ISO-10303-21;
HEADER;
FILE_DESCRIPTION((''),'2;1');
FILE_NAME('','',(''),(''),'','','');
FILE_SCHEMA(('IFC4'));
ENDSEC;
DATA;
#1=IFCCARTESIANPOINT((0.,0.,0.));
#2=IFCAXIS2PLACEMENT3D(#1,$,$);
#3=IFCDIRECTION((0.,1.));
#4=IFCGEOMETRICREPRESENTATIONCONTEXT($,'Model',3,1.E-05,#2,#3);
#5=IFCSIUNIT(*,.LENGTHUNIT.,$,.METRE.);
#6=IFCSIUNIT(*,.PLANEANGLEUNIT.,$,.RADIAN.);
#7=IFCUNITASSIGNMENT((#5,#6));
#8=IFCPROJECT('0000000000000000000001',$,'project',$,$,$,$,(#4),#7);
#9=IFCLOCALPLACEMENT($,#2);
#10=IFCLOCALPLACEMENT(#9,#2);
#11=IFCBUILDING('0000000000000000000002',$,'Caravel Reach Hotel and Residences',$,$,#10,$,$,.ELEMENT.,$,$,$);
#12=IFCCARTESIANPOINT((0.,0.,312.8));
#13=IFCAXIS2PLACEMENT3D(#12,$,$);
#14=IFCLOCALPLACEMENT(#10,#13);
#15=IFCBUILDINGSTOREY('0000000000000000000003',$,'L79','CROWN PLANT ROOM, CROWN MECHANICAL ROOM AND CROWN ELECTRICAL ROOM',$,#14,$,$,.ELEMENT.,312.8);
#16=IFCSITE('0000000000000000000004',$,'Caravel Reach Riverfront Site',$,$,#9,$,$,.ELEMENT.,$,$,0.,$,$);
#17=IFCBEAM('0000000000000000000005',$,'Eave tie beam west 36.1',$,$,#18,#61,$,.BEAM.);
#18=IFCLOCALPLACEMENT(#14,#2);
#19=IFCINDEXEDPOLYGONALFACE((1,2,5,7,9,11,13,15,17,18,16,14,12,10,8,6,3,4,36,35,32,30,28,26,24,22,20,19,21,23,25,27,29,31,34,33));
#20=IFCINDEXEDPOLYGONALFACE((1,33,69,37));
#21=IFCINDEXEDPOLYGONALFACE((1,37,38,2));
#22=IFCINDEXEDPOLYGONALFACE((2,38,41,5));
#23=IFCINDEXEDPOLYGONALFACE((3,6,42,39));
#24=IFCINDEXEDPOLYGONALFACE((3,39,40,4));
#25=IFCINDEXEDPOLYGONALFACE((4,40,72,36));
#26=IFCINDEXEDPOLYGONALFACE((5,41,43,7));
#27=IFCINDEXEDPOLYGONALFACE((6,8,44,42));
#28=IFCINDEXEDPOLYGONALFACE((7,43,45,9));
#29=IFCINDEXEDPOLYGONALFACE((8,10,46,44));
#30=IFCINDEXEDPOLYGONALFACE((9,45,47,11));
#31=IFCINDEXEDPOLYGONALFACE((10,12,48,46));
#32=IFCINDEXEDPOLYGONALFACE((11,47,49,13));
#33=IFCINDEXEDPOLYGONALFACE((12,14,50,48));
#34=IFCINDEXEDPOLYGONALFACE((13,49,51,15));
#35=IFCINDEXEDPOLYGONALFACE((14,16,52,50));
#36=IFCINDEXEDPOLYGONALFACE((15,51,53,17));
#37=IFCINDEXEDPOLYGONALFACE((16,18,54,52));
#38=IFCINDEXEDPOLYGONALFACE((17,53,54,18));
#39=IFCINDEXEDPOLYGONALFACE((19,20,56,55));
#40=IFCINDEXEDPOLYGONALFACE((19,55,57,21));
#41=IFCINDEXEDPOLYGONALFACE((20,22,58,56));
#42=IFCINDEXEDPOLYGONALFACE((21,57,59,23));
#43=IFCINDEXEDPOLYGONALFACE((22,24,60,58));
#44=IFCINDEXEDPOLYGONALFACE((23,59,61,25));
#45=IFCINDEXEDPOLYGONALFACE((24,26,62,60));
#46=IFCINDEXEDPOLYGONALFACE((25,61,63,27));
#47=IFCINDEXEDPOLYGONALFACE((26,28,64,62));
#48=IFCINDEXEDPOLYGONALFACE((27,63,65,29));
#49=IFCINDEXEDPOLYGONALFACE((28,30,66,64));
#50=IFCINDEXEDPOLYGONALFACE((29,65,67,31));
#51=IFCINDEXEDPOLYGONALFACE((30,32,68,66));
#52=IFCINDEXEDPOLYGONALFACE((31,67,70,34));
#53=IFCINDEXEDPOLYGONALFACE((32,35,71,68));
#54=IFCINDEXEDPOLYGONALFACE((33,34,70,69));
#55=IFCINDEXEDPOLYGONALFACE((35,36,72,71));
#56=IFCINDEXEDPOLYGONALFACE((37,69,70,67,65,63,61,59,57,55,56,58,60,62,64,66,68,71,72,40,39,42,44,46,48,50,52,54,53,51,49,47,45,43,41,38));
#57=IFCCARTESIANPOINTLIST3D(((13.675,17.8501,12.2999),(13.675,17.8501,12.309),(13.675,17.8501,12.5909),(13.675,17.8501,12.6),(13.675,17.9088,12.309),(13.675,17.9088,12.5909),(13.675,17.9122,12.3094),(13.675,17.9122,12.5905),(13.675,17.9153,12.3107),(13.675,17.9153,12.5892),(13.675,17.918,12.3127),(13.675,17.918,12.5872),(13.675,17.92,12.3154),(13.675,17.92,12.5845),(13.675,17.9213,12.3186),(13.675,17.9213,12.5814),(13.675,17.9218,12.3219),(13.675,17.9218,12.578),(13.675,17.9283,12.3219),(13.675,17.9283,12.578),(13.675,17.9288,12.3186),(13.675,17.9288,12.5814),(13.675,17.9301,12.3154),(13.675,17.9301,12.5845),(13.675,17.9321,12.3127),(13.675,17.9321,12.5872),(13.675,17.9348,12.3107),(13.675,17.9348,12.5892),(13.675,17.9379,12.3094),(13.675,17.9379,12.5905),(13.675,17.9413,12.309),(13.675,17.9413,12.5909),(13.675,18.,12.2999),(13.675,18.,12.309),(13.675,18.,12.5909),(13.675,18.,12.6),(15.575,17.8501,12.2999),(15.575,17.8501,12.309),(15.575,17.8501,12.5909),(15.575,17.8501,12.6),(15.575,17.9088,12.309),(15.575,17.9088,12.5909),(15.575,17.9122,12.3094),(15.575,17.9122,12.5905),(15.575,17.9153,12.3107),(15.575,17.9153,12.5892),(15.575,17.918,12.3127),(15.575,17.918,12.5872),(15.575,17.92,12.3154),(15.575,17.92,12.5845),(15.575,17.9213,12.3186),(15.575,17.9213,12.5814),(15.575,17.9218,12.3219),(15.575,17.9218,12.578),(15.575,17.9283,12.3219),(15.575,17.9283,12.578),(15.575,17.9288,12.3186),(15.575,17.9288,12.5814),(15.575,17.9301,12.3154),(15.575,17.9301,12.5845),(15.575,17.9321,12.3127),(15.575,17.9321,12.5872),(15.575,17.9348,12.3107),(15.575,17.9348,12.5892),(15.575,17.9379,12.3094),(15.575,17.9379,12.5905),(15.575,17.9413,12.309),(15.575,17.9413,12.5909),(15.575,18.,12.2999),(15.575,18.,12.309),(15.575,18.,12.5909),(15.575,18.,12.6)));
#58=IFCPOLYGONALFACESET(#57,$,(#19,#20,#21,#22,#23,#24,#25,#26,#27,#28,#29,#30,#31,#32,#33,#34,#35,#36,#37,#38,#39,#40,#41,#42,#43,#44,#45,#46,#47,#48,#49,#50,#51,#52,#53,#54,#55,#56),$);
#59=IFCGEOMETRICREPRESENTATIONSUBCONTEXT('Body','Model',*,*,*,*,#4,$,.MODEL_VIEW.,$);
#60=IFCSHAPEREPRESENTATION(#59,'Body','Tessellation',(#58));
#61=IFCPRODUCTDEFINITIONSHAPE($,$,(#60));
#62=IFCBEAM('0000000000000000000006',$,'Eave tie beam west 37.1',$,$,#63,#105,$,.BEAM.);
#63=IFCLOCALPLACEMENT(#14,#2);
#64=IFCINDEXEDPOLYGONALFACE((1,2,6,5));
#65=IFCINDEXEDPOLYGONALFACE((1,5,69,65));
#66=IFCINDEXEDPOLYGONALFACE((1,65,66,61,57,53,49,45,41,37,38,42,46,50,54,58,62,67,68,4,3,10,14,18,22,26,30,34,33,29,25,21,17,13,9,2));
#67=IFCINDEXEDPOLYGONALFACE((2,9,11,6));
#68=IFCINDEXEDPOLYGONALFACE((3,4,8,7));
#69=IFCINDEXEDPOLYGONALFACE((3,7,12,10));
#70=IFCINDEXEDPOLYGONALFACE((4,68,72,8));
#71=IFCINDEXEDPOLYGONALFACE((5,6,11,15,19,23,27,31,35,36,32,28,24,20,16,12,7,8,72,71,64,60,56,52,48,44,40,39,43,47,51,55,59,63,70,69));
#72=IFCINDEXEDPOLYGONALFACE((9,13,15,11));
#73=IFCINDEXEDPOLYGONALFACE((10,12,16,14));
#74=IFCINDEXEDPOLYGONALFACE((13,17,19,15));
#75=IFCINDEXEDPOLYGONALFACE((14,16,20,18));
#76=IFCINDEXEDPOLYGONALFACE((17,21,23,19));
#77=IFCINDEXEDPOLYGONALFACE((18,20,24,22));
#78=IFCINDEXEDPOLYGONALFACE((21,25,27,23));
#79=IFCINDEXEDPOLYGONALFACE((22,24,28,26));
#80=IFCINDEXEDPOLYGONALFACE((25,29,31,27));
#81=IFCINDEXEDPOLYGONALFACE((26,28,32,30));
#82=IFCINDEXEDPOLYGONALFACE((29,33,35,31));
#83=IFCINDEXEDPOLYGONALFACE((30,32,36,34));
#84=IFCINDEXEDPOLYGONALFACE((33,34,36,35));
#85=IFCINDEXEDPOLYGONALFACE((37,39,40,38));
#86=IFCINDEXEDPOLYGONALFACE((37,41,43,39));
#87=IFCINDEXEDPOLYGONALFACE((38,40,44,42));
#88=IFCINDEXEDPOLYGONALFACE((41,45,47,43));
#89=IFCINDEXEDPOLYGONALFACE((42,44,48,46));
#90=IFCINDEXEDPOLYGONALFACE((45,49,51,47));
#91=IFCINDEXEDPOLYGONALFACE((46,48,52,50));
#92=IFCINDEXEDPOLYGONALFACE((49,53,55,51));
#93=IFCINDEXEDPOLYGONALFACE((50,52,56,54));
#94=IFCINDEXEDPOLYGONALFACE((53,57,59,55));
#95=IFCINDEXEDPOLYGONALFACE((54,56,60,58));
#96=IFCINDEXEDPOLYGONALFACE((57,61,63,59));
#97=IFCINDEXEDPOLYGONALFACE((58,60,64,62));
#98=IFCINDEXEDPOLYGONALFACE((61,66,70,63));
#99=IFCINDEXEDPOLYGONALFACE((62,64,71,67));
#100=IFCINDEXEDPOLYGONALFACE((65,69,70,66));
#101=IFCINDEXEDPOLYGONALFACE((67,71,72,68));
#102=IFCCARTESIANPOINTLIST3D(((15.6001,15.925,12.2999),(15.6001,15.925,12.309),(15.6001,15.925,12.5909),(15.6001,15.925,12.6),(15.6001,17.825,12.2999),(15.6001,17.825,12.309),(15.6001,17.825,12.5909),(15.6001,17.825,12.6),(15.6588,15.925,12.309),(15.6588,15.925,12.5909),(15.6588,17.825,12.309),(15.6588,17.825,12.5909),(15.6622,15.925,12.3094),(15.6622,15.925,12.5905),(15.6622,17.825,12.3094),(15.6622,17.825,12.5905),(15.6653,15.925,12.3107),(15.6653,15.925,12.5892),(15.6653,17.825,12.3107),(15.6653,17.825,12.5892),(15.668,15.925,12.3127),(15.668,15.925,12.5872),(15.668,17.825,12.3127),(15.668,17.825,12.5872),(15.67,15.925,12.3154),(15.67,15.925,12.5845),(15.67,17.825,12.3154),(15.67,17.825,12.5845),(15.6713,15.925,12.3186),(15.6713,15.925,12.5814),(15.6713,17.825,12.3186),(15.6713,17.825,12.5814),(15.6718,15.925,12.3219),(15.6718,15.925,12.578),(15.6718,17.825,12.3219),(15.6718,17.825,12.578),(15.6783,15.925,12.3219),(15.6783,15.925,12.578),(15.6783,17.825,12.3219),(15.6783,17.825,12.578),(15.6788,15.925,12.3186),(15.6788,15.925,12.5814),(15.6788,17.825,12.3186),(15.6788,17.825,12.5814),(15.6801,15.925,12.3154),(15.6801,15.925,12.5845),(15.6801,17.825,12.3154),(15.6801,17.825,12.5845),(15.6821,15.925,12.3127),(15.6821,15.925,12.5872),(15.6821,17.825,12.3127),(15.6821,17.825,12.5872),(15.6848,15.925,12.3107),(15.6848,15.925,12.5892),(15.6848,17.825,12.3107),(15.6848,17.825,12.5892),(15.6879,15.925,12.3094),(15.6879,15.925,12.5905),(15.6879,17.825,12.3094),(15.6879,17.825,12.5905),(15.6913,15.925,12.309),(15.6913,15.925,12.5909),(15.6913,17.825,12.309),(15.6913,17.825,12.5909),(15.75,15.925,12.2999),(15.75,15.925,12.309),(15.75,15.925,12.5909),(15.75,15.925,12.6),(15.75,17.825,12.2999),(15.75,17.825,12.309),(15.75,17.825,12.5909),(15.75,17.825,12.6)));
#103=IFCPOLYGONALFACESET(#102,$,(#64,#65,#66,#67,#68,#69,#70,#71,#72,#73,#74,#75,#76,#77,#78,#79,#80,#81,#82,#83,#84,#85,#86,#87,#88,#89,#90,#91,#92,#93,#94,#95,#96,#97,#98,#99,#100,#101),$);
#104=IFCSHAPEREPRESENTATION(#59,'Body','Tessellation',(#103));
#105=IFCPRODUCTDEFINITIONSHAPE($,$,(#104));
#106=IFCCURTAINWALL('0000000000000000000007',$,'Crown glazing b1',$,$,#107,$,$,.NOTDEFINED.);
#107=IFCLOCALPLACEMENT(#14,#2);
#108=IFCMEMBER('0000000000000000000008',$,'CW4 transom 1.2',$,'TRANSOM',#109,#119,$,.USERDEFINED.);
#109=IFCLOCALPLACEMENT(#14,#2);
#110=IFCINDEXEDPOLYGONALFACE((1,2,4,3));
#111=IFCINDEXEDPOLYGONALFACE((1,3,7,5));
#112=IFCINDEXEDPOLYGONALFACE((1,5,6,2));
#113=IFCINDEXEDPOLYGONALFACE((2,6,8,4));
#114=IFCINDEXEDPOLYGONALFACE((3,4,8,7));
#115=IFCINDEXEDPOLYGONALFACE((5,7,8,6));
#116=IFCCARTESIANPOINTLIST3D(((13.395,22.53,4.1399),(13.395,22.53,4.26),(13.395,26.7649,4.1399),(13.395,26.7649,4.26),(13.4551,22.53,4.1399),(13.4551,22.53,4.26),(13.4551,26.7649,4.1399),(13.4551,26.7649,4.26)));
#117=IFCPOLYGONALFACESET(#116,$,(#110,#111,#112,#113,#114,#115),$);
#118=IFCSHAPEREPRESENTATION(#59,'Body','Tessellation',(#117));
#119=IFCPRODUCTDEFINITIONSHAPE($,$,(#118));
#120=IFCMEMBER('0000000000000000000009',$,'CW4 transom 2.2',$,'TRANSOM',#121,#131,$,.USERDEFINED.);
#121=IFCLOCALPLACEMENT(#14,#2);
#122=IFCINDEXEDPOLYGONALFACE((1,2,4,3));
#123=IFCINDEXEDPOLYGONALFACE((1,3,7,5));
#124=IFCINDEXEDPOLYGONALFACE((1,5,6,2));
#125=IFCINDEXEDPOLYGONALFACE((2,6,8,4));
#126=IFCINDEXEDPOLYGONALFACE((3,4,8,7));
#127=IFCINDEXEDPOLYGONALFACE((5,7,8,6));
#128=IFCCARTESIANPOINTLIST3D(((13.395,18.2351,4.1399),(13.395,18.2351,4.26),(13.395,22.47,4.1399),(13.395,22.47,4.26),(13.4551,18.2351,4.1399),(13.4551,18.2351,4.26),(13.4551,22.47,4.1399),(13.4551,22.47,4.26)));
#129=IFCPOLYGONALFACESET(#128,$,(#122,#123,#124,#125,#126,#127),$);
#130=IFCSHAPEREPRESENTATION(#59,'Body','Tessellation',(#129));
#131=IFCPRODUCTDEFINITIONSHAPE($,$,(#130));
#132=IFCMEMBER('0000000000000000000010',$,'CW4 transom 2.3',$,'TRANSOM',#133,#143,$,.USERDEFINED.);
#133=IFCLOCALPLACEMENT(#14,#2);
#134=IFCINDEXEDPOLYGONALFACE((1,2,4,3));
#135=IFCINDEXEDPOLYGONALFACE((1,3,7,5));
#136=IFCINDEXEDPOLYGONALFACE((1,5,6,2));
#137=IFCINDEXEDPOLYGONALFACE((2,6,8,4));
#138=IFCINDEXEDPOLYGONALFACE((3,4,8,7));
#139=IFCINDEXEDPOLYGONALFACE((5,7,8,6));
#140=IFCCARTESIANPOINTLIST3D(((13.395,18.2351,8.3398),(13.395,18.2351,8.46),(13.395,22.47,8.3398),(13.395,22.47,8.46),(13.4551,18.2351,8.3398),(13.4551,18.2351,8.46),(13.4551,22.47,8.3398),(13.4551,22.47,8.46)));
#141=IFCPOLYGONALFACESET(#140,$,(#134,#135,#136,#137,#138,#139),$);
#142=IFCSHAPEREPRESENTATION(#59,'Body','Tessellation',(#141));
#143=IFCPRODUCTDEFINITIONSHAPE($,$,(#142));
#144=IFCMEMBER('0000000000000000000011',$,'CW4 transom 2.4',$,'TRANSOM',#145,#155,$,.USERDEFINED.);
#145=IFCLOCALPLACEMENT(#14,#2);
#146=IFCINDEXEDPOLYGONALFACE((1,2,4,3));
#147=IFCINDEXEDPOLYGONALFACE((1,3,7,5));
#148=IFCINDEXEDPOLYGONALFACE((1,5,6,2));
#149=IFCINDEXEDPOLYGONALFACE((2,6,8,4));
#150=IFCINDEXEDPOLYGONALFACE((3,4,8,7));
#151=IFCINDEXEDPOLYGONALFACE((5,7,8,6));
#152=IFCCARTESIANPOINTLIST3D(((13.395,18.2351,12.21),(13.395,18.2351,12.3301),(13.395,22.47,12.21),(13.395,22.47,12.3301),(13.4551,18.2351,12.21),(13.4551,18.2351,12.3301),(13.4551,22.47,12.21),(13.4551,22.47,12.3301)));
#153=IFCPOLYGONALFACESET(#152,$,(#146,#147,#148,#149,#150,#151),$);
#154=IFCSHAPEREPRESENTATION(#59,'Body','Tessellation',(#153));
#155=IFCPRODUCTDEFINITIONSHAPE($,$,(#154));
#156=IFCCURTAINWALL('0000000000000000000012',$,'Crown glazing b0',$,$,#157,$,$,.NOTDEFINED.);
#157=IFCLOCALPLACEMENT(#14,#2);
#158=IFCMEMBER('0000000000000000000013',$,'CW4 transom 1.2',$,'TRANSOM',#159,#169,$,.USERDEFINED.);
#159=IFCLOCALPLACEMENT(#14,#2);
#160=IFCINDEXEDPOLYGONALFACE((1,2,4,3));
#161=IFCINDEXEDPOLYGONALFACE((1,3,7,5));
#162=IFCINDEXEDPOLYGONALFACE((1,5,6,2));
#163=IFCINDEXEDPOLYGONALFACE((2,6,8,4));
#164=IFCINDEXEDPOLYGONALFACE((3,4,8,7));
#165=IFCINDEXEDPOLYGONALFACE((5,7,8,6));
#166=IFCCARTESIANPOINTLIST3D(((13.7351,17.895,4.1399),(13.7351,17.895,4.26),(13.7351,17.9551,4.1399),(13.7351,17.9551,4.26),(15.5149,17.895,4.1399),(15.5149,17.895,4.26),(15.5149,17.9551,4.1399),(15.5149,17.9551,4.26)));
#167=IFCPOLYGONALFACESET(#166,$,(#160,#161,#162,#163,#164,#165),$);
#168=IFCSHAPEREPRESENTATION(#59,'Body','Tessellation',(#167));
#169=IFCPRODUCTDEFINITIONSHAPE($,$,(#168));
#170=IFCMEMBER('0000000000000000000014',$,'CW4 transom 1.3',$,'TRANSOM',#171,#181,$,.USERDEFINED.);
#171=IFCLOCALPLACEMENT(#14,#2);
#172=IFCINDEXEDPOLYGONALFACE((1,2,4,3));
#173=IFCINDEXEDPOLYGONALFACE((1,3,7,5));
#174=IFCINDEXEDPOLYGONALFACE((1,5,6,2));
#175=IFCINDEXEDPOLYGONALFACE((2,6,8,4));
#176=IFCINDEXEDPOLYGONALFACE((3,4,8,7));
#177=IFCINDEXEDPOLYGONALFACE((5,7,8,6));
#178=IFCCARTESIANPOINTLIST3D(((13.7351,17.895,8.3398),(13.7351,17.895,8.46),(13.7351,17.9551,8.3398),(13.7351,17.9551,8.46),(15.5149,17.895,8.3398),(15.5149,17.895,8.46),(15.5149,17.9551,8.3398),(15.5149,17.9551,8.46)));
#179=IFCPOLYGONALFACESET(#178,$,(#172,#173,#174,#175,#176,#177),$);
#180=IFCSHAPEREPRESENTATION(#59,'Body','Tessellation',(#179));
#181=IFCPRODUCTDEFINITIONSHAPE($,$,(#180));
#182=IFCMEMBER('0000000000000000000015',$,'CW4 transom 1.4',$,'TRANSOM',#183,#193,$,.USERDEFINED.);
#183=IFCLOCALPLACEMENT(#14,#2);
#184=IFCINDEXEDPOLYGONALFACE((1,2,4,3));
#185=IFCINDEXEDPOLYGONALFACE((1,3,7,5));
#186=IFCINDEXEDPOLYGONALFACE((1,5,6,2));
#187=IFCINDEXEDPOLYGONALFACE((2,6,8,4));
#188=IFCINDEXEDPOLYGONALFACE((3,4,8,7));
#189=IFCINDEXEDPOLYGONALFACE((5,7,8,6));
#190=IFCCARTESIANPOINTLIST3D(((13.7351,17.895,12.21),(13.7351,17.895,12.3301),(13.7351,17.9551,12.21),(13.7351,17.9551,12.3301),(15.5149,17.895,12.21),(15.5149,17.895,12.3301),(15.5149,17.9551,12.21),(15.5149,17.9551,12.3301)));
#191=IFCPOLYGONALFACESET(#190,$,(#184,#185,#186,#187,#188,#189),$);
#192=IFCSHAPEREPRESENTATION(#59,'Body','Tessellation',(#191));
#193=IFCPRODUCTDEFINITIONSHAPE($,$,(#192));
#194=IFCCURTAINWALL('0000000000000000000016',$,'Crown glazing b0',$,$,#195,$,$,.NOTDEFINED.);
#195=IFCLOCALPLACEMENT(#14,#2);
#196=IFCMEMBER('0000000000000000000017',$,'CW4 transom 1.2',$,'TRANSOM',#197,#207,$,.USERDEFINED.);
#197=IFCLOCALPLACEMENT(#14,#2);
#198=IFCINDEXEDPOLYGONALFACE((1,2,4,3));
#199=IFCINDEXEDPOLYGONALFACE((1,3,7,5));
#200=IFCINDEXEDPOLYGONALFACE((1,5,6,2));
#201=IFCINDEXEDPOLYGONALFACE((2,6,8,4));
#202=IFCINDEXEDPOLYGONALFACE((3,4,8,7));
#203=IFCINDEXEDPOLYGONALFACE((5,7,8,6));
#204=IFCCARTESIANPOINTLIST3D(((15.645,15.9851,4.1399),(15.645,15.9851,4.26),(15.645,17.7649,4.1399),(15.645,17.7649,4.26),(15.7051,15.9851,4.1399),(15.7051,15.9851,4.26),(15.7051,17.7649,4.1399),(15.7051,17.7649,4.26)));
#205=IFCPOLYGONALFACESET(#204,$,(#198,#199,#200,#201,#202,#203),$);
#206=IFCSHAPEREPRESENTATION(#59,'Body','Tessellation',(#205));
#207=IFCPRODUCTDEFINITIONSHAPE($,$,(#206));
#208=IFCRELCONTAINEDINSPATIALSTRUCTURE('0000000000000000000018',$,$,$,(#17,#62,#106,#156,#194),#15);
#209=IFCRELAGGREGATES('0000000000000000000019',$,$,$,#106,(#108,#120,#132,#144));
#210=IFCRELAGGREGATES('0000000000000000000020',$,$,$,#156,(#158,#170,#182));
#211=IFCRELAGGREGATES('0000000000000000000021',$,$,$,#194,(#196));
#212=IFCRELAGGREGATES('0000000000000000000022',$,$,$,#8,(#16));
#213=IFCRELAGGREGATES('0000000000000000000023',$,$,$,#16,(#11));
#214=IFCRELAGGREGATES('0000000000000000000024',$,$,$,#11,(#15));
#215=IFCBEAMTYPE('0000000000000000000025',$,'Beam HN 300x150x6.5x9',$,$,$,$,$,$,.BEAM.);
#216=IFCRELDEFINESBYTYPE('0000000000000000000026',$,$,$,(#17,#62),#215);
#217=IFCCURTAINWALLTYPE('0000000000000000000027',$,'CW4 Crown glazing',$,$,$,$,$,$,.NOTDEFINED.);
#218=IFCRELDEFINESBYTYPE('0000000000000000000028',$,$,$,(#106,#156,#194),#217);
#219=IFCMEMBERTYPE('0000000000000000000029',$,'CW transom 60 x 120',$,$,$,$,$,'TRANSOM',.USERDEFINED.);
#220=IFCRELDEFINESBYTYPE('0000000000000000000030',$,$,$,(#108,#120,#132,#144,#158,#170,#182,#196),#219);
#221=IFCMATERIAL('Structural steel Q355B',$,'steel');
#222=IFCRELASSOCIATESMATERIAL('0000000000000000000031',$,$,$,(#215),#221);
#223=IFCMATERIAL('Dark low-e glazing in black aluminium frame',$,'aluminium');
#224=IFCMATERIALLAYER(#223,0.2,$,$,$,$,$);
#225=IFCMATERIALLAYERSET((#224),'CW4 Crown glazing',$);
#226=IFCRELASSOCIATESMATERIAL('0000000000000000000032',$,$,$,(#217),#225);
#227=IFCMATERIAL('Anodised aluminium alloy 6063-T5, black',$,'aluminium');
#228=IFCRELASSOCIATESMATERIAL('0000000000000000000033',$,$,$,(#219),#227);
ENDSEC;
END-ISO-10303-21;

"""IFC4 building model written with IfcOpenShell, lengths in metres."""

from ifc_helpers import new_model, si_unit, direction, frame, origin, origin_2d, place, context, subcontext, project, spatial, rectangle, i_section, extrude, material, layer, layer_set, material_profile, profile_set, type_object, element, aggregate, save


model = new_model("IFC4")

# Units and contexts
model_context = context("Model", 3, precision=1e-05, world=origin(), true_north=direction((0.0, 1.0)))
body_context = subcontext(model_context, "Body", "Model", "MODEL_VIEW")
ifc_project = project(units=[si_unit("LENGTHUNIT", "METRE"), si_unit("PLANEANGLEUNIT", "RADIAN")], contexts=[model_context])

# Site, building, storey
site_placement = place(None, origin())
site = spatial("IfcSite", under=ifc_project, at=site_placement, Name="Caravel Reach Riverfront Site", CompositionType="ELEMENT", RefElevation=0.0)
building_placement = place(site_placement, origin())
building = spatial("IfcBuilding", under=site, at=building_placement, Name="Caravel Reach Hotel and Residences", CompositionType="ELEMENT")
storey_placement = place(building_placement, frame((0.0, 0.0, 312.8)))
storey = spatial("IfcBuildingStorey", under=building, at=storey_placement, Name="L79", Description="CROWN PLANT ROOM, CROWN MECHANICAL ROOM AND CROWN ELECTRICAL ROOM", CompositionType="ELEMENT", Elevation=312.8)

# Beams
ifc_material_1 = material(Name="Structural steel Q355B", Category="steel")
ifc_material_profile_1 = material_profile(ifc_material_1, i_section(OverallWidth=0.1499, OverallDepth=0.3, WebThickness=0.0066, FlangeThickness=0.009, FilletRadius=0.0129, at=origin_2d()), Name="HN 300x150x6.5x9")
ifc_profile_set_1 = profile_set([ifc_material_profile_1], Name="Structural steel Q355B")
beam_type = type_object("IfcBeamType", Name="Beam HN 300x150x6.5x9", PredefinedType="BEAM", material=ifc_profile_set_1)
for number, where, z_axis, x_axis, name in (
    (1, (13.675, 17.925, 12.45), (1.0, 0.0, 0.0), (0.0, 1.0, 0.0), "Eave tie beam west 36.1"),
    (2, (15.675, 17.825, 12.45), (0.0, -1.0, 0.0), (1.0, 0.0, 0.0), "Eave tie beam west 37.1"),
):
    element("IfcBeam", number, at=place(storey_placement, frame(where, z_axis=z_axis, x_axis=x_axis)), inside=storey, type_object=beam_type, Name=name, PredefinedType="BEAM", context=body_context, shape_type="SweptSolid", body=[
        extrude(i_section(OverallWidth=0.1499, OverallDepth=0.3, WebThickness=0.0066, FlangeThickness=0.009, FilletRadius=0.0129, at=origin_2d()), origin(), (0.0, 0.0, 1.0), 1.8999),
    ])

# Curtain walls, members
ifc_material_2 = material(Name="Dark low-e glazing in black aluminium frame", Category="aluminium")
ifc_layer_1 = layer(ifc_material_2, 0.2)
ifc_layer_set_1 = layer_set([ifc_layer_1], Name="CW4 Crown glazing")
curtain_wall_type = type_object("IfcCurtainWallType", Name="CW4 Crown glazing", PredefinedType="NOTDEFINED", material=ifc_layer_set_1)
curtain_wall_1_placement = place(storey_placement, origin())
curtain_wall_1 = element("IfcCurtainWall", 3, at=curtain_wall_1_placement, inside=storey, type_object=curtain_wall_type, Name="Crown glazing b1", PredefinedType="NOTDEFINED")
ifc_material_3 = material(Name="Anodised aluminium alloy 6063-T5, black", Category="aluminium")
ifc_material_profile_2 = material_profile(ifc_material_3, rectangle(XDim=0.0601, YDim=0.1201, at=origin_2d()), Name="CW transom 60 x 120")
ifc_profile_set_2 = profile_set([ifc_material_profile_2], Name="Anodised aluminium alloy 6063-T5, black")
member_type = type_object("IfcMemberType", Name="CW transom 60 x 120", ElementType="TRANSOM", PredefinedType="USERDEFINED", material=ifc_profile_set_2)
member_1_placement = place(storey_placement, frame((13.425, 26.7649, 4.2), z_axis=(0.0, -1.0, 0.0), x_axis=(1.0, 0.0, 0.0)))
member_1 = element("IfcMember", 4, at=member_1_placement, type_object=member_type, Name="CW4 transom 1.2", ObjectType="TRANSOM", PredefinedType="USERDEFINED", context=body_context, shape_type="SweptSolid", body=[
    extrude(rectangle(XDim=0.0601, YDim=0.1201, at=origin_2d()), origin(), (0.0, 0.0, 1.0), 4.2349),
])
member_2_placement = place(storey_placement, frame((13.425, 22.47, 4.2), z_axis=(0.0, -1.0, 0.0), x_axis=(1.0, 0.0, 0.0)))
member_2 = element("IfcMember", 5, at=member_2_placement, type_object=member_type, Name="CW4 transom 2.2", ObjectType="TRANSOM", PredefinedType="USERDEFINED", context=body_context, shape_type="SweptSolid", body=[
    extrude(rectangle(XDim=0.0601, YDim=0.1201, at=origin_2d()), origin(), (0.0, 0.0, 1.0), 4.2349),
])
member_3_placement = place(storey_placement, frame((13.425, 22.47, 8.3999), z_axis=(0.0, -1.0, 0.0), x_axis=(1.0, 0.0, 0.0)))
member_3 = element("IfcMember", 6, at=member_3_placement, type_object=member_type, Name="CW4 transom 2.3", ObjectType="TRANSOM", PredefinedType="USERDEFINED", context=body_context, shape_type="SweptSolid", body=[
    extrude(rectangle(XDim=0.0601, YDim=0.1201, at=origin_2d()), origin(), (0.0, 0.0, 1.0), 4.2349),
])
member_4_placement = place(storey_placement, frame((13.425, 22.47, 12.27), z_axis=(0.0, -1.0, 0.0), x_axis=(1.0, 0.0, 0.0)))
member_4 = element("IfcMember", 7, at=member_4_placement, type_object=member_type, Name="CW4 transom 2.4", ObjectType="TRANSOM", PredefinedType="USERDEFINED", context=body_context, shape_type="SweptSolid", body=[
    extrude(rectangle(XDim=0.0601, YDim=0.1201, at=origin_2d()), origin(), (0.0, 0.0, 1.0), 4.2349),
])
curtain_wall_2_placement = place(storey_placement, origin())
curtain_wall_2 = element("IfcCurtainWall", 8, at=curtain_wall_2_placement, inside=storey, type_object=curtain_wall_type, Name="Crown glazing b0", PredefinedType="NOTDEFINED")
member_5_placement = place(storey_placement, frame((13.7351, 17.925, 4.2), z_axis=(1.0, 0.0, 0.0), x_axis=(0.0, 1.0, 0.0)))
member_5 = element("IfcMember", 9, at=member_5_placement, type_object=member_type, Name="CW4 transom 1.2", ObjectType="TRANSOM", PredefinedType="USERDEFINED", context=body_context, shape_type="SweptSolid", body=[
    extrude(rectangle(XDim=0.0601, YDim=0.1201, at=origin_2d()), origin(), (0.0, 0.0, 1.0), 1.7798),
])
member_6_placement = place(storey_placement, frame((13.7351, 17.925, 8.3999), z_axis=(1.0, 0.0, 0.0), x_axis=(0.0, 1.0, 0.0)))
member_6 = element("IfcMember", 10, at=member_6_placement, type_object=member_type, Name="CW4 transom 1.3", ObjectType="TRANSOM", PredefinedType="USERDEFINED", context=body_context, shape_type="SweptSolid", body=[
    extrude(rectangle(XDim=0.0601, YDim=0.1201, at=origin_2d()), origin(), (0.0, 0.0, 1.0), 1.7798),
])
member_7_placement = place(storey_placement, frame((13.7351, 17.925, 12.27), z_axis=(1.0, 0.0, 0.0), x_axis=(0.0, 1.0, 0.0)))
member_7 = element("IfcMember", 11, at=member_7_placement, type_object=member_type, Name="CW4 transom 1.4", ObjectType="TRANSOM", PredefinedType="USERDEFINED", context=body_context, shape_type="SweptSolid", body=[
    extrude(rectangle(XDim=0.0601, YDim=0.1201, at=origin_2d()), origin(), (0.0, 0.0, 1.0), 1.7798),
])
curtain_wall_3_placement = place(storey_placement, origin())
curtain_wall_3 = element("IfcCurtainWall", 12, at=curtain_wall_3_placement, inside=storey, type_object=curtain_wall_type, Name="Crown glazing b0", PredefinedType="NOTDEFINED")
member_8_placement = place(storey_placement, frame((15.675, 17.7649, 4.2), z_axis=(0.0, -1.0, 0.0), x_axis=(1.0, 0.0, 0.0)))
member_8 = element("IfcMember", 13, at=member_8_placement, type_object=member_type, Name="CW4 transom 1.2", ObjectType="TRANSOM", PredefinedType="USERDEFINED", context=body_context, shape_type="SweptSolid", body=[
    extrude(rectangle(XDim=0.0601, YDim=0.1201, at=origin_2d()), origin(), (0.0, 0.0, 1.0), 1.7798),
])

aggregate(curtain_wall_1, [member_1, member_2, member_3, member_4])
aggregate(curtain_wall_2, [member_5, member_6, member_7])
aggregate(curtain_wall_3, [member_8])

save(model, "model.ifc")
